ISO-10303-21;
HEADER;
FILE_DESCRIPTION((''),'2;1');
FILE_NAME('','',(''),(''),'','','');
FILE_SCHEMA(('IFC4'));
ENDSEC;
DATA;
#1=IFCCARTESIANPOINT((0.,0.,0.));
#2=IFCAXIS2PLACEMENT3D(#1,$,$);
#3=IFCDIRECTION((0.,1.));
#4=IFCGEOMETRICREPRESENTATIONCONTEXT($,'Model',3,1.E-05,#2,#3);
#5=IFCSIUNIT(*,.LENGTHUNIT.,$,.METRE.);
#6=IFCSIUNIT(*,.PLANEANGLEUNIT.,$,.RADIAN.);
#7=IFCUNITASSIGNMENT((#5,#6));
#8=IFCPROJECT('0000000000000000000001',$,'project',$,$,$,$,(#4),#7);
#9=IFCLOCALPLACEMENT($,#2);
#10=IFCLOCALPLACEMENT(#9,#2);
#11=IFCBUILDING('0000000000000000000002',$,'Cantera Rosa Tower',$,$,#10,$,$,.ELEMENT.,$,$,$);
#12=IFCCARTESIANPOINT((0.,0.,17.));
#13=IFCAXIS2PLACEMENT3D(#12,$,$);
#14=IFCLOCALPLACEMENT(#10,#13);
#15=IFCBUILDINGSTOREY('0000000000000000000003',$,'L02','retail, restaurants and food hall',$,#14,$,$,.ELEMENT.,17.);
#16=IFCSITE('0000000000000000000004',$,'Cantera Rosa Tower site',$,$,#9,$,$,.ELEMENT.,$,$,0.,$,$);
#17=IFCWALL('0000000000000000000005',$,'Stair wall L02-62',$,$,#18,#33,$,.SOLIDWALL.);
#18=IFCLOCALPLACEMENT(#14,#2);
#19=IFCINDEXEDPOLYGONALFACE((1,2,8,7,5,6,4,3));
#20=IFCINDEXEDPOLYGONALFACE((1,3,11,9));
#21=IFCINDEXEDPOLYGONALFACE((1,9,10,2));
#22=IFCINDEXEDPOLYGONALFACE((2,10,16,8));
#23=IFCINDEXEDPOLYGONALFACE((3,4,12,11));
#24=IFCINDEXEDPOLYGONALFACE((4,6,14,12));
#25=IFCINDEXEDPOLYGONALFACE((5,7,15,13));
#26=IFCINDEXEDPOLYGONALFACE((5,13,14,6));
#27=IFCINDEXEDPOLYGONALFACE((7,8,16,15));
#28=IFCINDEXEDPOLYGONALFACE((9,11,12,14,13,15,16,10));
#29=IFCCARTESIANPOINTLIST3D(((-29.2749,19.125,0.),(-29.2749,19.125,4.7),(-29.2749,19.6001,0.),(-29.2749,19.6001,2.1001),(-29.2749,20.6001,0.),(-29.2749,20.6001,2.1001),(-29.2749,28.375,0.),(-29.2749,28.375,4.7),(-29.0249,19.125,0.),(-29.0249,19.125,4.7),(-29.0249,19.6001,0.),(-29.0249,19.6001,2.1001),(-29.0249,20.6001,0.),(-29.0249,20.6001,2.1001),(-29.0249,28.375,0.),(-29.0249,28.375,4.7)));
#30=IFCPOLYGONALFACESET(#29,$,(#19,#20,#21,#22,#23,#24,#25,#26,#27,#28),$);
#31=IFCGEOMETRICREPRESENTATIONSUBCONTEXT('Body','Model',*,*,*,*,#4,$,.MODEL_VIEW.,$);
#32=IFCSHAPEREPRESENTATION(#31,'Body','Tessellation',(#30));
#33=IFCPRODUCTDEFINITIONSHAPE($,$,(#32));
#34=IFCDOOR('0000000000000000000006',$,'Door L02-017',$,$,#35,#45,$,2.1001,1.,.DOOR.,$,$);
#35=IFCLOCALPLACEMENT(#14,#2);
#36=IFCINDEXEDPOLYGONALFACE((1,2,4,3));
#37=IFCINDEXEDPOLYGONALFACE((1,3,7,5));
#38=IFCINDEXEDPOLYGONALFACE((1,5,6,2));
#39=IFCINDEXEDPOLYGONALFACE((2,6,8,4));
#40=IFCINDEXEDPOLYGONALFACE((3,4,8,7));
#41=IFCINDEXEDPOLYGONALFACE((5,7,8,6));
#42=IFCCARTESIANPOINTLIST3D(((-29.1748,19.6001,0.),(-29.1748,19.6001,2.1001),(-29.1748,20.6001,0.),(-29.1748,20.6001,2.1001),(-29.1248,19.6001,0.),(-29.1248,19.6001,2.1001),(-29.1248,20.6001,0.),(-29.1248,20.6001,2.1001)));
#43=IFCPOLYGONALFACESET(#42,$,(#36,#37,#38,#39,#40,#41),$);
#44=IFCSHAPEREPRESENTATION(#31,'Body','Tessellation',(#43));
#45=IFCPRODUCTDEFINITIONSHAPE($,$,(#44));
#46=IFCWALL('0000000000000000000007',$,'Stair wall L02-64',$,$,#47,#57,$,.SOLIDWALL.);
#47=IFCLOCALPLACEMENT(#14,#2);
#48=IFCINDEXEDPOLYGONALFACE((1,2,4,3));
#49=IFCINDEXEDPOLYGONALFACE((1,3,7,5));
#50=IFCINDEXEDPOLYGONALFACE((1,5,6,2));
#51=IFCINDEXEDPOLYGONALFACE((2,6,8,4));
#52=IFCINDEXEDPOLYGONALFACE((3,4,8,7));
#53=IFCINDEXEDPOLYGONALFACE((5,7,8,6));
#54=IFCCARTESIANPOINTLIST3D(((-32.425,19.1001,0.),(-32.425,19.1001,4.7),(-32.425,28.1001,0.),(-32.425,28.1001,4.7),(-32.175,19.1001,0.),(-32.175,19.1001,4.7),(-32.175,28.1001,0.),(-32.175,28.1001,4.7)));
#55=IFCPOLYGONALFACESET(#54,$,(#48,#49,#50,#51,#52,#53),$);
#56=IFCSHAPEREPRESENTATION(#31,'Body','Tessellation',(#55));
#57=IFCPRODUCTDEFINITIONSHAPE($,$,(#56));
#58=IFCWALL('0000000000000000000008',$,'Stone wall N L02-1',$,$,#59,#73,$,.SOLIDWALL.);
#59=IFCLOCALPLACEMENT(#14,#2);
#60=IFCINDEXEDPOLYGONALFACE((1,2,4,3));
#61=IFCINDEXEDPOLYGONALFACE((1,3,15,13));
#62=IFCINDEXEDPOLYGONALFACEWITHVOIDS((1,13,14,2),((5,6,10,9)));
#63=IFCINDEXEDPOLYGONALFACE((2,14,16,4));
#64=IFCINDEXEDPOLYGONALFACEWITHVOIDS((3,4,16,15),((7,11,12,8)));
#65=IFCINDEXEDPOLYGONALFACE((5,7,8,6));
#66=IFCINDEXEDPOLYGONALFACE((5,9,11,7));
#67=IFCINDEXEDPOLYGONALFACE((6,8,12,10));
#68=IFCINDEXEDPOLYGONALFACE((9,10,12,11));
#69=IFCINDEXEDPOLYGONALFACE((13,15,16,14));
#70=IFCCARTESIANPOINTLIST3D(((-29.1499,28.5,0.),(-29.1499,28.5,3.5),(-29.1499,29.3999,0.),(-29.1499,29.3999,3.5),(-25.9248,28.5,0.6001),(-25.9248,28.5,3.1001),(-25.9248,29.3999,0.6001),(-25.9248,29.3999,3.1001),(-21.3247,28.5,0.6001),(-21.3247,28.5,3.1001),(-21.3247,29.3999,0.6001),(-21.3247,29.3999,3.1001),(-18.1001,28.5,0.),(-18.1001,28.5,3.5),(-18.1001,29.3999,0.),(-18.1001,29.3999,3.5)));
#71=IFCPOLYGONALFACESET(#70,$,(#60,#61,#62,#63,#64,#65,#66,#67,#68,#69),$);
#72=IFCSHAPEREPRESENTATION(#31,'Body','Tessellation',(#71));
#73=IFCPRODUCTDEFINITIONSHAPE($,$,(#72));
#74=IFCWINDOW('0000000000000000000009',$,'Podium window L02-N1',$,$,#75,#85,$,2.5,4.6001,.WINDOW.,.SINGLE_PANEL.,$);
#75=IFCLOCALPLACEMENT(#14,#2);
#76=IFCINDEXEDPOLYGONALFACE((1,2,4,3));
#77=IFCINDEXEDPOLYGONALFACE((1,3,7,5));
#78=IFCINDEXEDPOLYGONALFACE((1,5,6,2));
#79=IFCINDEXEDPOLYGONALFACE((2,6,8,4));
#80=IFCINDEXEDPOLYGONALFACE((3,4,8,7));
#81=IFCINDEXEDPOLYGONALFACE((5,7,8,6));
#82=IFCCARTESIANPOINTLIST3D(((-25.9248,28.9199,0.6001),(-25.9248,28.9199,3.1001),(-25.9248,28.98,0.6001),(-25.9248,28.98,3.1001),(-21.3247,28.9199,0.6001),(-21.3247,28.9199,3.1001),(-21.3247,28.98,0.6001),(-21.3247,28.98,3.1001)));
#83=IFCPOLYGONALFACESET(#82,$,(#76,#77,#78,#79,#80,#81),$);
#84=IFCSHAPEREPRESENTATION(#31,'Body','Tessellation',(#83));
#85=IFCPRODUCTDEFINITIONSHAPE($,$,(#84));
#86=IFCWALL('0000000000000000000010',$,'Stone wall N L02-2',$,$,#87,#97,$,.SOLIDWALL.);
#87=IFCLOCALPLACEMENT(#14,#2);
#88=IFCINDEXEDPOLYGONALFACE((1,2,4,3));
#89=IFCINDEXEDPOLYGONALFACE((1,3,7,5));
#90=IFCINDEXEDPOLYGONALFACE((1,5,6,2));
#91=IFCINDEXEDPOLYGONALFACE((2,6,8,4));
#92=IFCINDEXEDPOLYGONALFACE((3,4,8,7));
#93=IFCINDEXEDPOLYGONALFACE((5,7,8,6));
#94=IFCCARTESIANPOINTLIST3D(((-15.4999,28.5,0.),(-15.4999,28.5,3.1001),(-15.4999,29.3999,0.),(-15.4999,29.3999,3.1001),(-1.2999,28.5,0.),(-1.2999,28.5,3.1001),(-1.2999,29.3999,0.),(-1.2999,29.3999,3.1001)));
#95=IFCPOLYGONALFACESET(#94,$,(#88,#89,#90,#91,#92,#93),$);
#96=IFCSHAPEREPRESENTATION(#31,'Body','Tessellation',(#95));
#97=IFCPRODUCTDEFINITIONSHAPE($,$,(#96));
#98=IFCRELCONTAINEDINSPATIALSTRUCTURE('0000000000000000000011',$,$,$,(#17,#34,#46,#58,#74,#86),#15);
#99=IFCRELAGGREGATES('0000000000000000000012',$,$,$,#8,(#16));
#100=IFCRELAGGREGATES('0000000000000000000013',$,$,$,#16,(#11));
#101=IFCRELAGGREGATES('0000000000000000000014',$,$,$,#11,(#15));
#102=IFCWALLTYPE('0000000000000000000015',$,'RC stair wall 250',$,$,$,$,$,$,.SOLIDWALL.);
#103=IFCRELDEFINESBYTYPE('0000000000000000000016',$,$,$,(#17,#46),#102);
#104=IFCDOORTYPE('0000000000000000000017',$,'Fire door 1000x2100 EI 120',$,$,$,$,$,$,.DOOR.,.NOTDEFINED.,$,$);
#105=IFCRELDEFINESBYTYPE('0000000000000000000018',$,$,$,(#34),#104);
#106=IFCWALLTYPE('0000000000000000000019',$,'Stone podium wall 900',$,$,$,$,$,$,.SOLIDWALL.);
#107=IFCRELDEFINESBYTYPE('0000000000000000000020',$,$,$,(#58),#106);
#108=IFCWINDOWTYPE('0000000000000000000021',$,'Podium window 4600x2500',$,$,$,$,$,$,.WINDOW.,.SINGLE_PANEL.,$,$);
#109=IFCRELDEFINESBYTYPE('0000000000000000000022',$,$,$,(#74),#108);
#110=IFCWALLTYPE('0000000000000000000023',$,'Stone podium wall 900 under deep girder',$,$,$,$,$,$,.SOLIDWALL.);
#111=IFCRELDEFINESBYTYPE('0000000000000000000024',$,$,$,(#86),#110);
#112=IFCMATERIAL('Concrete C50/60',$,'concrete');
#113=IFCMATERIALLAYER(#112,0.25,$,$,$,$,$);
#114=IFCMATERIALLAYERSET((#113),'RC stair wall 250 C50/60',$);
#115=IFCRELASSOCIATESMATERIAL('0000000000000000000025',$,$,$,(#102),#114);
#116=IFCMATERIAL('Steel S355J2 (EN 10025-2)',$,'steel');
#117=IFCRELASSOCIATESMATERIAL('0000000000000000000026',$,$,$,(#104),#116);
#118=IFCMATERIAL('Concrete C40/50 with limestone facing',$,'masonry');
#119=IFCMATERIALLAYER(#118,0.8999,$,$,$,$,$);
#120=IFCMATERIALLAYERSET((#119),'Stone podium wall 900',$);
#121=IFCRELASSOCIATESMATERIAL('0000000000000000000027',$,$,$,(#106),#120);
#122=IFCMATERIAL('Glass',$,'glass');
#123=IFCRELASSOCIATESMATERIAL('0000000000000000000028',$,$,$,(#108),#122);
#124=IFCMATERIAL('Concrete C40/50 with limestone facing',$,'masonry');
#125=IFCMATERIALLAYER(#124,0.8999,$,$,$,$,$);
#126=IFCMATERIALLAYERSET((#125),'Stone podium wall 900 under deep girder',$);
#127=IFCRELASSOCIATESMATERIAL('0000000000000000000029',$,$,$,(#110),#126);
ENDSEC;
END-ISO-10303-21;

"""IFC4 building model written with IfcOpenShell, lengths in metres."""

from ifc_helpers import new_model, si_unit, direction, frame, frame_2d, origin, place, context, subcontext, project, spatial, rectangle, extrude, material, layer, layer_set, type_object, element, fill, save


model = new_model("IFC4")

# Units and contexts
model_context = context("Model", 3, precision=1e-05, world=origin(), true_north=direction((0.0, 1.0)))
body_context = subcontext(model_context, "Body", "Model", "MODEL_VIEW")
ifc_project = project(units=[si_unit("LENGTHUNIT", "METRE"), si_unit("PLANEANGLEUNIT", "RADIAN")], contexts=[model_context])

# Site, building, storey
site_placement = place(None, origin())
site = spatial("IfcSite", under=ifc_project, at=site_placement, Name="Cantera Rosa Tower site", CompositionType="ELEMENT", RefElevation=0.0)
building_placement = place(site_placement, origin())
building = spatial("IfcBuilding", under=site, at=building_placement, Name="Cantera Rosa Tower", CompositionType="ELEMENT")
storey_placement = place(building_placement, frame((0.0, 0.0, 17.0)))
storey = spatial("IfcBuildingStorey", under=building, at=storey_placement, Name="L02", Description="retail, restaurants and food hall", CompositionType="ELEMENT", Elevation=17.0)

# Wall, opening, door
ifc_material_1 = material(Name="Concrete C50/60", Category="concrete")
ifc_layer_1 = layer(ifc_material_1, 0.25)
ifc_layer_set_1 = layer_set([ifc_layer_1], Name="RC stair wall 250 C50/60")
wall_type_1 = type_object("IfcWallType", Name="RC stair wall 250", PredefinedType="SOLIDWALL", material=ifc_layer_set_1)
wall_1_placement = place(storey_placement, frame((-29.1499, 19.125, 0.0), z_axis=(0.0, 0.0, 1.0), x_axis=(0.0, 1.0, 0.0)))
wall_1 = element("IfcWall", 1, at=wall_1_placement, inside=storey, type_object=wall_type_1, Name="Stair wall L02-62", PredefinedType="SOLIDWALL", context=body_context, shape_type="SweptSolid", body=[
    extrude(rectangle(XDim=9.25, YDim=0.25, at=frame_2d((4.625, 0.0))), origin(), (0.0, 0.0, 1.0), 4.7),
])
opening_1_placement = place(wall_1_placement, frame((0.4751, 0.0, 0.0)))
opening_1 = element("IfcOpeningElement", 2, at=opening_1_placement, cuts=wall_1, PredefinedType="OPENING", context=body_context, shape_type="SweptSolid", body=[
    extrude(rectangle(XDim=1.0, YDim=2.1001, at=frame_2d((0.5, 1.05))), frame((0.0, 0.135, 0.0), z_axis=(0.0, -1.0, 0.0), x_axis=(1.0, 0.0, 0.0)), (0.0, 0.0, 1.0), 0.27),
])
ifc_material_2 = material(Name="Steel S355J2 (EN 10025-2)", Category="steel")
door_type_1 = type_object("IfcDoorType", Name="Fire door 1000x2100 EI 120", OperationType="NOTDEFINED", PredefinedType="DOOR", material=ifc_material_2)
door_1_placement = place(opening_1_placement, origin())
door_1 = element("IfcDoor", 3, at=door_1_placement, inside=storey, type_object=door_type_1, Name="Door L02-017", OverallHeight=2.1001, OverallWidth=1.0, PredefinedType="DOOR", context=body_context, shape_type="SweptSolid", body=[
    extrude(rectangle(XDim=1.0, YDim=2.1001, at=frame_2d((0.5, 1.05))), frame((0.0, 0.0249, 0.0), z_axis=(0.0, -1.0, 0.0), x_axis=(1.0, 0.0, 0.0)), (0.0, 0.0, 1.0), 0.05),
])
fill(opening_1, door_1)

# Wall
wall_2_placement = place(storey_placement, frame((-32.3, 19.1001, 0.0), z_axis=(0.0, 0.0, 1.0), x_axis=(0.0, 1.0, 0.0)))
element("IfcWall", 4, at=wall_2_placement, inside=storey, type_object=wall_type_1, Name="Stair wall L02-64", PredefinedType="SOLIDWALL", context=body_context, shape_type="SweptSolid", body=[
    extrude(rectangle(XDim=9.0, YDim=0.25, at=frame_2d((4.5, 0.0))), origin(), (0.0, 0.0, 1.0), 4.7),
])

# Wall, opening, window
ifc_material_3 = material(Name="Concrete C40/50 with limestone facing", Category="masonry")
ifc_layer_2 = layer(ifc_material_3, 0.8999)
ifc_layer_set_2 = layer_set([ifc_layer_2], Name="Stone podium wall 900")
wall_type_2 = type_object("IfcWallType", Name="Stone podium wall 900", PredefinedType="SOLIDWALL", material=ifc_layer_set_2)
wall_3_placement = place(storey_placement, frame((-29.1499, 28.95, 0.0), z_axis=(0.0, 0.0, 1.0), x_axis=(1.0, 0.0, 0.0)))
wall_3 = element("IfcWall", 5, at=wall_3_placement, inside=storey, type_object=wall_type_2, Name="Stone wall N L02-1", PredefinedType="SOLIDWALL", context=body_context, shape_type="SweptSolid", body=[
    extrude(rectangle(XDim=11.0498, YDim=0.8999, at=frame_2d((5.5249, 0.0))), origin(), (0.0, 0.0, 1.0), 3.5),
])
opening_2_placement = place(wall_3_placement, frame((3.2251, 0.0, 0.6001)))
opening_2 = element("IfcOpeningElement", 6, at=opening_2_placement, cuts=wall_3, PredefinedType="OPENING", context=body_context, shape_type="SweptSolid", body=[
    extrude(rectangle(XDim=4.6001, YDim=2.5, at=frame_2d((2.3, 1.25))), frame((0.0, 0.46, 0.0), z_axis=(0.0, -1.0, 0.0), x_axis=(1.0, 0.0, 0.0)), (0.0, 0.0, 1.0), 0.9199),
])
ifc_material_4 = material(Name="Glass", Category="glass")
window_type = type_object("IfcWindowType", Name="Podium window 4600x2500", PartitioningType="SINGLE_PANEL", PredefinedType="WINDOW", material=ifc_material_4)
window_placement = place(opening_2_placement, origin())
window = element("IfcWindow", 7, at=window_placement, inside=storey, type_object=window_type, Name="Podium window L02-N1", OverallHeight=2.5, OverallWidth=4.6001, PartitioningType="SINGLE_PANEL", PredefinedType="WINDOW", context=body_context, shape_type="SweptSolid", body=[
    extrude(rectangle(XDim=4.6001, YDim=2.5, at=frame_2d((2.3, 1.25))), frame((0.0, 0.03, 0.0), z_axis=(0.0, -1.0, 0.0), x_axis=(1.0, 0.0, 0.0)), (0.0, 0.0, 1.0), 0.0601),
])
fill(opening_2, window)

# Wall
ifc_material_5 = material(Name="Concrete C40/50 with limestone facing", Category="masonry")
ifc_layer_3 = layer(ifc_material_5, 0.8999)
ifc_layer_set_3 = layer_set([ifc_layer_3], Name="Stone podium wall 900 under deep girder")
wall_type_3 = type_object("IfcWallType", Name="Stone podium wall 900 under deep girder", PredefinedType="SOLIDWALL", material=ifc_layer_set_3)
wall_4_placement = place(storey_placement, frame((-15.5, 28.95, 0.0), z_axis=(0.0, 0.0, 1.0), x_axis=(1.0, 0.0, 0.0)))
element("IfcWall", 8, at=wall_4_placement, inside=storey, type_object=wall_type_3, Name="Stone wall N L02-2", PredefinedType="SOLIDWALL", context=body_context, shape_type="SweptSolid", body=[
    extrude(rectangle(XDim=14.2, YDim=0.8999, at=frame_2d((7.1001, 0.0))), origin(), (0.0, 0.0, 1.0), 3.1001),
])

save(model, "model.ifc")
